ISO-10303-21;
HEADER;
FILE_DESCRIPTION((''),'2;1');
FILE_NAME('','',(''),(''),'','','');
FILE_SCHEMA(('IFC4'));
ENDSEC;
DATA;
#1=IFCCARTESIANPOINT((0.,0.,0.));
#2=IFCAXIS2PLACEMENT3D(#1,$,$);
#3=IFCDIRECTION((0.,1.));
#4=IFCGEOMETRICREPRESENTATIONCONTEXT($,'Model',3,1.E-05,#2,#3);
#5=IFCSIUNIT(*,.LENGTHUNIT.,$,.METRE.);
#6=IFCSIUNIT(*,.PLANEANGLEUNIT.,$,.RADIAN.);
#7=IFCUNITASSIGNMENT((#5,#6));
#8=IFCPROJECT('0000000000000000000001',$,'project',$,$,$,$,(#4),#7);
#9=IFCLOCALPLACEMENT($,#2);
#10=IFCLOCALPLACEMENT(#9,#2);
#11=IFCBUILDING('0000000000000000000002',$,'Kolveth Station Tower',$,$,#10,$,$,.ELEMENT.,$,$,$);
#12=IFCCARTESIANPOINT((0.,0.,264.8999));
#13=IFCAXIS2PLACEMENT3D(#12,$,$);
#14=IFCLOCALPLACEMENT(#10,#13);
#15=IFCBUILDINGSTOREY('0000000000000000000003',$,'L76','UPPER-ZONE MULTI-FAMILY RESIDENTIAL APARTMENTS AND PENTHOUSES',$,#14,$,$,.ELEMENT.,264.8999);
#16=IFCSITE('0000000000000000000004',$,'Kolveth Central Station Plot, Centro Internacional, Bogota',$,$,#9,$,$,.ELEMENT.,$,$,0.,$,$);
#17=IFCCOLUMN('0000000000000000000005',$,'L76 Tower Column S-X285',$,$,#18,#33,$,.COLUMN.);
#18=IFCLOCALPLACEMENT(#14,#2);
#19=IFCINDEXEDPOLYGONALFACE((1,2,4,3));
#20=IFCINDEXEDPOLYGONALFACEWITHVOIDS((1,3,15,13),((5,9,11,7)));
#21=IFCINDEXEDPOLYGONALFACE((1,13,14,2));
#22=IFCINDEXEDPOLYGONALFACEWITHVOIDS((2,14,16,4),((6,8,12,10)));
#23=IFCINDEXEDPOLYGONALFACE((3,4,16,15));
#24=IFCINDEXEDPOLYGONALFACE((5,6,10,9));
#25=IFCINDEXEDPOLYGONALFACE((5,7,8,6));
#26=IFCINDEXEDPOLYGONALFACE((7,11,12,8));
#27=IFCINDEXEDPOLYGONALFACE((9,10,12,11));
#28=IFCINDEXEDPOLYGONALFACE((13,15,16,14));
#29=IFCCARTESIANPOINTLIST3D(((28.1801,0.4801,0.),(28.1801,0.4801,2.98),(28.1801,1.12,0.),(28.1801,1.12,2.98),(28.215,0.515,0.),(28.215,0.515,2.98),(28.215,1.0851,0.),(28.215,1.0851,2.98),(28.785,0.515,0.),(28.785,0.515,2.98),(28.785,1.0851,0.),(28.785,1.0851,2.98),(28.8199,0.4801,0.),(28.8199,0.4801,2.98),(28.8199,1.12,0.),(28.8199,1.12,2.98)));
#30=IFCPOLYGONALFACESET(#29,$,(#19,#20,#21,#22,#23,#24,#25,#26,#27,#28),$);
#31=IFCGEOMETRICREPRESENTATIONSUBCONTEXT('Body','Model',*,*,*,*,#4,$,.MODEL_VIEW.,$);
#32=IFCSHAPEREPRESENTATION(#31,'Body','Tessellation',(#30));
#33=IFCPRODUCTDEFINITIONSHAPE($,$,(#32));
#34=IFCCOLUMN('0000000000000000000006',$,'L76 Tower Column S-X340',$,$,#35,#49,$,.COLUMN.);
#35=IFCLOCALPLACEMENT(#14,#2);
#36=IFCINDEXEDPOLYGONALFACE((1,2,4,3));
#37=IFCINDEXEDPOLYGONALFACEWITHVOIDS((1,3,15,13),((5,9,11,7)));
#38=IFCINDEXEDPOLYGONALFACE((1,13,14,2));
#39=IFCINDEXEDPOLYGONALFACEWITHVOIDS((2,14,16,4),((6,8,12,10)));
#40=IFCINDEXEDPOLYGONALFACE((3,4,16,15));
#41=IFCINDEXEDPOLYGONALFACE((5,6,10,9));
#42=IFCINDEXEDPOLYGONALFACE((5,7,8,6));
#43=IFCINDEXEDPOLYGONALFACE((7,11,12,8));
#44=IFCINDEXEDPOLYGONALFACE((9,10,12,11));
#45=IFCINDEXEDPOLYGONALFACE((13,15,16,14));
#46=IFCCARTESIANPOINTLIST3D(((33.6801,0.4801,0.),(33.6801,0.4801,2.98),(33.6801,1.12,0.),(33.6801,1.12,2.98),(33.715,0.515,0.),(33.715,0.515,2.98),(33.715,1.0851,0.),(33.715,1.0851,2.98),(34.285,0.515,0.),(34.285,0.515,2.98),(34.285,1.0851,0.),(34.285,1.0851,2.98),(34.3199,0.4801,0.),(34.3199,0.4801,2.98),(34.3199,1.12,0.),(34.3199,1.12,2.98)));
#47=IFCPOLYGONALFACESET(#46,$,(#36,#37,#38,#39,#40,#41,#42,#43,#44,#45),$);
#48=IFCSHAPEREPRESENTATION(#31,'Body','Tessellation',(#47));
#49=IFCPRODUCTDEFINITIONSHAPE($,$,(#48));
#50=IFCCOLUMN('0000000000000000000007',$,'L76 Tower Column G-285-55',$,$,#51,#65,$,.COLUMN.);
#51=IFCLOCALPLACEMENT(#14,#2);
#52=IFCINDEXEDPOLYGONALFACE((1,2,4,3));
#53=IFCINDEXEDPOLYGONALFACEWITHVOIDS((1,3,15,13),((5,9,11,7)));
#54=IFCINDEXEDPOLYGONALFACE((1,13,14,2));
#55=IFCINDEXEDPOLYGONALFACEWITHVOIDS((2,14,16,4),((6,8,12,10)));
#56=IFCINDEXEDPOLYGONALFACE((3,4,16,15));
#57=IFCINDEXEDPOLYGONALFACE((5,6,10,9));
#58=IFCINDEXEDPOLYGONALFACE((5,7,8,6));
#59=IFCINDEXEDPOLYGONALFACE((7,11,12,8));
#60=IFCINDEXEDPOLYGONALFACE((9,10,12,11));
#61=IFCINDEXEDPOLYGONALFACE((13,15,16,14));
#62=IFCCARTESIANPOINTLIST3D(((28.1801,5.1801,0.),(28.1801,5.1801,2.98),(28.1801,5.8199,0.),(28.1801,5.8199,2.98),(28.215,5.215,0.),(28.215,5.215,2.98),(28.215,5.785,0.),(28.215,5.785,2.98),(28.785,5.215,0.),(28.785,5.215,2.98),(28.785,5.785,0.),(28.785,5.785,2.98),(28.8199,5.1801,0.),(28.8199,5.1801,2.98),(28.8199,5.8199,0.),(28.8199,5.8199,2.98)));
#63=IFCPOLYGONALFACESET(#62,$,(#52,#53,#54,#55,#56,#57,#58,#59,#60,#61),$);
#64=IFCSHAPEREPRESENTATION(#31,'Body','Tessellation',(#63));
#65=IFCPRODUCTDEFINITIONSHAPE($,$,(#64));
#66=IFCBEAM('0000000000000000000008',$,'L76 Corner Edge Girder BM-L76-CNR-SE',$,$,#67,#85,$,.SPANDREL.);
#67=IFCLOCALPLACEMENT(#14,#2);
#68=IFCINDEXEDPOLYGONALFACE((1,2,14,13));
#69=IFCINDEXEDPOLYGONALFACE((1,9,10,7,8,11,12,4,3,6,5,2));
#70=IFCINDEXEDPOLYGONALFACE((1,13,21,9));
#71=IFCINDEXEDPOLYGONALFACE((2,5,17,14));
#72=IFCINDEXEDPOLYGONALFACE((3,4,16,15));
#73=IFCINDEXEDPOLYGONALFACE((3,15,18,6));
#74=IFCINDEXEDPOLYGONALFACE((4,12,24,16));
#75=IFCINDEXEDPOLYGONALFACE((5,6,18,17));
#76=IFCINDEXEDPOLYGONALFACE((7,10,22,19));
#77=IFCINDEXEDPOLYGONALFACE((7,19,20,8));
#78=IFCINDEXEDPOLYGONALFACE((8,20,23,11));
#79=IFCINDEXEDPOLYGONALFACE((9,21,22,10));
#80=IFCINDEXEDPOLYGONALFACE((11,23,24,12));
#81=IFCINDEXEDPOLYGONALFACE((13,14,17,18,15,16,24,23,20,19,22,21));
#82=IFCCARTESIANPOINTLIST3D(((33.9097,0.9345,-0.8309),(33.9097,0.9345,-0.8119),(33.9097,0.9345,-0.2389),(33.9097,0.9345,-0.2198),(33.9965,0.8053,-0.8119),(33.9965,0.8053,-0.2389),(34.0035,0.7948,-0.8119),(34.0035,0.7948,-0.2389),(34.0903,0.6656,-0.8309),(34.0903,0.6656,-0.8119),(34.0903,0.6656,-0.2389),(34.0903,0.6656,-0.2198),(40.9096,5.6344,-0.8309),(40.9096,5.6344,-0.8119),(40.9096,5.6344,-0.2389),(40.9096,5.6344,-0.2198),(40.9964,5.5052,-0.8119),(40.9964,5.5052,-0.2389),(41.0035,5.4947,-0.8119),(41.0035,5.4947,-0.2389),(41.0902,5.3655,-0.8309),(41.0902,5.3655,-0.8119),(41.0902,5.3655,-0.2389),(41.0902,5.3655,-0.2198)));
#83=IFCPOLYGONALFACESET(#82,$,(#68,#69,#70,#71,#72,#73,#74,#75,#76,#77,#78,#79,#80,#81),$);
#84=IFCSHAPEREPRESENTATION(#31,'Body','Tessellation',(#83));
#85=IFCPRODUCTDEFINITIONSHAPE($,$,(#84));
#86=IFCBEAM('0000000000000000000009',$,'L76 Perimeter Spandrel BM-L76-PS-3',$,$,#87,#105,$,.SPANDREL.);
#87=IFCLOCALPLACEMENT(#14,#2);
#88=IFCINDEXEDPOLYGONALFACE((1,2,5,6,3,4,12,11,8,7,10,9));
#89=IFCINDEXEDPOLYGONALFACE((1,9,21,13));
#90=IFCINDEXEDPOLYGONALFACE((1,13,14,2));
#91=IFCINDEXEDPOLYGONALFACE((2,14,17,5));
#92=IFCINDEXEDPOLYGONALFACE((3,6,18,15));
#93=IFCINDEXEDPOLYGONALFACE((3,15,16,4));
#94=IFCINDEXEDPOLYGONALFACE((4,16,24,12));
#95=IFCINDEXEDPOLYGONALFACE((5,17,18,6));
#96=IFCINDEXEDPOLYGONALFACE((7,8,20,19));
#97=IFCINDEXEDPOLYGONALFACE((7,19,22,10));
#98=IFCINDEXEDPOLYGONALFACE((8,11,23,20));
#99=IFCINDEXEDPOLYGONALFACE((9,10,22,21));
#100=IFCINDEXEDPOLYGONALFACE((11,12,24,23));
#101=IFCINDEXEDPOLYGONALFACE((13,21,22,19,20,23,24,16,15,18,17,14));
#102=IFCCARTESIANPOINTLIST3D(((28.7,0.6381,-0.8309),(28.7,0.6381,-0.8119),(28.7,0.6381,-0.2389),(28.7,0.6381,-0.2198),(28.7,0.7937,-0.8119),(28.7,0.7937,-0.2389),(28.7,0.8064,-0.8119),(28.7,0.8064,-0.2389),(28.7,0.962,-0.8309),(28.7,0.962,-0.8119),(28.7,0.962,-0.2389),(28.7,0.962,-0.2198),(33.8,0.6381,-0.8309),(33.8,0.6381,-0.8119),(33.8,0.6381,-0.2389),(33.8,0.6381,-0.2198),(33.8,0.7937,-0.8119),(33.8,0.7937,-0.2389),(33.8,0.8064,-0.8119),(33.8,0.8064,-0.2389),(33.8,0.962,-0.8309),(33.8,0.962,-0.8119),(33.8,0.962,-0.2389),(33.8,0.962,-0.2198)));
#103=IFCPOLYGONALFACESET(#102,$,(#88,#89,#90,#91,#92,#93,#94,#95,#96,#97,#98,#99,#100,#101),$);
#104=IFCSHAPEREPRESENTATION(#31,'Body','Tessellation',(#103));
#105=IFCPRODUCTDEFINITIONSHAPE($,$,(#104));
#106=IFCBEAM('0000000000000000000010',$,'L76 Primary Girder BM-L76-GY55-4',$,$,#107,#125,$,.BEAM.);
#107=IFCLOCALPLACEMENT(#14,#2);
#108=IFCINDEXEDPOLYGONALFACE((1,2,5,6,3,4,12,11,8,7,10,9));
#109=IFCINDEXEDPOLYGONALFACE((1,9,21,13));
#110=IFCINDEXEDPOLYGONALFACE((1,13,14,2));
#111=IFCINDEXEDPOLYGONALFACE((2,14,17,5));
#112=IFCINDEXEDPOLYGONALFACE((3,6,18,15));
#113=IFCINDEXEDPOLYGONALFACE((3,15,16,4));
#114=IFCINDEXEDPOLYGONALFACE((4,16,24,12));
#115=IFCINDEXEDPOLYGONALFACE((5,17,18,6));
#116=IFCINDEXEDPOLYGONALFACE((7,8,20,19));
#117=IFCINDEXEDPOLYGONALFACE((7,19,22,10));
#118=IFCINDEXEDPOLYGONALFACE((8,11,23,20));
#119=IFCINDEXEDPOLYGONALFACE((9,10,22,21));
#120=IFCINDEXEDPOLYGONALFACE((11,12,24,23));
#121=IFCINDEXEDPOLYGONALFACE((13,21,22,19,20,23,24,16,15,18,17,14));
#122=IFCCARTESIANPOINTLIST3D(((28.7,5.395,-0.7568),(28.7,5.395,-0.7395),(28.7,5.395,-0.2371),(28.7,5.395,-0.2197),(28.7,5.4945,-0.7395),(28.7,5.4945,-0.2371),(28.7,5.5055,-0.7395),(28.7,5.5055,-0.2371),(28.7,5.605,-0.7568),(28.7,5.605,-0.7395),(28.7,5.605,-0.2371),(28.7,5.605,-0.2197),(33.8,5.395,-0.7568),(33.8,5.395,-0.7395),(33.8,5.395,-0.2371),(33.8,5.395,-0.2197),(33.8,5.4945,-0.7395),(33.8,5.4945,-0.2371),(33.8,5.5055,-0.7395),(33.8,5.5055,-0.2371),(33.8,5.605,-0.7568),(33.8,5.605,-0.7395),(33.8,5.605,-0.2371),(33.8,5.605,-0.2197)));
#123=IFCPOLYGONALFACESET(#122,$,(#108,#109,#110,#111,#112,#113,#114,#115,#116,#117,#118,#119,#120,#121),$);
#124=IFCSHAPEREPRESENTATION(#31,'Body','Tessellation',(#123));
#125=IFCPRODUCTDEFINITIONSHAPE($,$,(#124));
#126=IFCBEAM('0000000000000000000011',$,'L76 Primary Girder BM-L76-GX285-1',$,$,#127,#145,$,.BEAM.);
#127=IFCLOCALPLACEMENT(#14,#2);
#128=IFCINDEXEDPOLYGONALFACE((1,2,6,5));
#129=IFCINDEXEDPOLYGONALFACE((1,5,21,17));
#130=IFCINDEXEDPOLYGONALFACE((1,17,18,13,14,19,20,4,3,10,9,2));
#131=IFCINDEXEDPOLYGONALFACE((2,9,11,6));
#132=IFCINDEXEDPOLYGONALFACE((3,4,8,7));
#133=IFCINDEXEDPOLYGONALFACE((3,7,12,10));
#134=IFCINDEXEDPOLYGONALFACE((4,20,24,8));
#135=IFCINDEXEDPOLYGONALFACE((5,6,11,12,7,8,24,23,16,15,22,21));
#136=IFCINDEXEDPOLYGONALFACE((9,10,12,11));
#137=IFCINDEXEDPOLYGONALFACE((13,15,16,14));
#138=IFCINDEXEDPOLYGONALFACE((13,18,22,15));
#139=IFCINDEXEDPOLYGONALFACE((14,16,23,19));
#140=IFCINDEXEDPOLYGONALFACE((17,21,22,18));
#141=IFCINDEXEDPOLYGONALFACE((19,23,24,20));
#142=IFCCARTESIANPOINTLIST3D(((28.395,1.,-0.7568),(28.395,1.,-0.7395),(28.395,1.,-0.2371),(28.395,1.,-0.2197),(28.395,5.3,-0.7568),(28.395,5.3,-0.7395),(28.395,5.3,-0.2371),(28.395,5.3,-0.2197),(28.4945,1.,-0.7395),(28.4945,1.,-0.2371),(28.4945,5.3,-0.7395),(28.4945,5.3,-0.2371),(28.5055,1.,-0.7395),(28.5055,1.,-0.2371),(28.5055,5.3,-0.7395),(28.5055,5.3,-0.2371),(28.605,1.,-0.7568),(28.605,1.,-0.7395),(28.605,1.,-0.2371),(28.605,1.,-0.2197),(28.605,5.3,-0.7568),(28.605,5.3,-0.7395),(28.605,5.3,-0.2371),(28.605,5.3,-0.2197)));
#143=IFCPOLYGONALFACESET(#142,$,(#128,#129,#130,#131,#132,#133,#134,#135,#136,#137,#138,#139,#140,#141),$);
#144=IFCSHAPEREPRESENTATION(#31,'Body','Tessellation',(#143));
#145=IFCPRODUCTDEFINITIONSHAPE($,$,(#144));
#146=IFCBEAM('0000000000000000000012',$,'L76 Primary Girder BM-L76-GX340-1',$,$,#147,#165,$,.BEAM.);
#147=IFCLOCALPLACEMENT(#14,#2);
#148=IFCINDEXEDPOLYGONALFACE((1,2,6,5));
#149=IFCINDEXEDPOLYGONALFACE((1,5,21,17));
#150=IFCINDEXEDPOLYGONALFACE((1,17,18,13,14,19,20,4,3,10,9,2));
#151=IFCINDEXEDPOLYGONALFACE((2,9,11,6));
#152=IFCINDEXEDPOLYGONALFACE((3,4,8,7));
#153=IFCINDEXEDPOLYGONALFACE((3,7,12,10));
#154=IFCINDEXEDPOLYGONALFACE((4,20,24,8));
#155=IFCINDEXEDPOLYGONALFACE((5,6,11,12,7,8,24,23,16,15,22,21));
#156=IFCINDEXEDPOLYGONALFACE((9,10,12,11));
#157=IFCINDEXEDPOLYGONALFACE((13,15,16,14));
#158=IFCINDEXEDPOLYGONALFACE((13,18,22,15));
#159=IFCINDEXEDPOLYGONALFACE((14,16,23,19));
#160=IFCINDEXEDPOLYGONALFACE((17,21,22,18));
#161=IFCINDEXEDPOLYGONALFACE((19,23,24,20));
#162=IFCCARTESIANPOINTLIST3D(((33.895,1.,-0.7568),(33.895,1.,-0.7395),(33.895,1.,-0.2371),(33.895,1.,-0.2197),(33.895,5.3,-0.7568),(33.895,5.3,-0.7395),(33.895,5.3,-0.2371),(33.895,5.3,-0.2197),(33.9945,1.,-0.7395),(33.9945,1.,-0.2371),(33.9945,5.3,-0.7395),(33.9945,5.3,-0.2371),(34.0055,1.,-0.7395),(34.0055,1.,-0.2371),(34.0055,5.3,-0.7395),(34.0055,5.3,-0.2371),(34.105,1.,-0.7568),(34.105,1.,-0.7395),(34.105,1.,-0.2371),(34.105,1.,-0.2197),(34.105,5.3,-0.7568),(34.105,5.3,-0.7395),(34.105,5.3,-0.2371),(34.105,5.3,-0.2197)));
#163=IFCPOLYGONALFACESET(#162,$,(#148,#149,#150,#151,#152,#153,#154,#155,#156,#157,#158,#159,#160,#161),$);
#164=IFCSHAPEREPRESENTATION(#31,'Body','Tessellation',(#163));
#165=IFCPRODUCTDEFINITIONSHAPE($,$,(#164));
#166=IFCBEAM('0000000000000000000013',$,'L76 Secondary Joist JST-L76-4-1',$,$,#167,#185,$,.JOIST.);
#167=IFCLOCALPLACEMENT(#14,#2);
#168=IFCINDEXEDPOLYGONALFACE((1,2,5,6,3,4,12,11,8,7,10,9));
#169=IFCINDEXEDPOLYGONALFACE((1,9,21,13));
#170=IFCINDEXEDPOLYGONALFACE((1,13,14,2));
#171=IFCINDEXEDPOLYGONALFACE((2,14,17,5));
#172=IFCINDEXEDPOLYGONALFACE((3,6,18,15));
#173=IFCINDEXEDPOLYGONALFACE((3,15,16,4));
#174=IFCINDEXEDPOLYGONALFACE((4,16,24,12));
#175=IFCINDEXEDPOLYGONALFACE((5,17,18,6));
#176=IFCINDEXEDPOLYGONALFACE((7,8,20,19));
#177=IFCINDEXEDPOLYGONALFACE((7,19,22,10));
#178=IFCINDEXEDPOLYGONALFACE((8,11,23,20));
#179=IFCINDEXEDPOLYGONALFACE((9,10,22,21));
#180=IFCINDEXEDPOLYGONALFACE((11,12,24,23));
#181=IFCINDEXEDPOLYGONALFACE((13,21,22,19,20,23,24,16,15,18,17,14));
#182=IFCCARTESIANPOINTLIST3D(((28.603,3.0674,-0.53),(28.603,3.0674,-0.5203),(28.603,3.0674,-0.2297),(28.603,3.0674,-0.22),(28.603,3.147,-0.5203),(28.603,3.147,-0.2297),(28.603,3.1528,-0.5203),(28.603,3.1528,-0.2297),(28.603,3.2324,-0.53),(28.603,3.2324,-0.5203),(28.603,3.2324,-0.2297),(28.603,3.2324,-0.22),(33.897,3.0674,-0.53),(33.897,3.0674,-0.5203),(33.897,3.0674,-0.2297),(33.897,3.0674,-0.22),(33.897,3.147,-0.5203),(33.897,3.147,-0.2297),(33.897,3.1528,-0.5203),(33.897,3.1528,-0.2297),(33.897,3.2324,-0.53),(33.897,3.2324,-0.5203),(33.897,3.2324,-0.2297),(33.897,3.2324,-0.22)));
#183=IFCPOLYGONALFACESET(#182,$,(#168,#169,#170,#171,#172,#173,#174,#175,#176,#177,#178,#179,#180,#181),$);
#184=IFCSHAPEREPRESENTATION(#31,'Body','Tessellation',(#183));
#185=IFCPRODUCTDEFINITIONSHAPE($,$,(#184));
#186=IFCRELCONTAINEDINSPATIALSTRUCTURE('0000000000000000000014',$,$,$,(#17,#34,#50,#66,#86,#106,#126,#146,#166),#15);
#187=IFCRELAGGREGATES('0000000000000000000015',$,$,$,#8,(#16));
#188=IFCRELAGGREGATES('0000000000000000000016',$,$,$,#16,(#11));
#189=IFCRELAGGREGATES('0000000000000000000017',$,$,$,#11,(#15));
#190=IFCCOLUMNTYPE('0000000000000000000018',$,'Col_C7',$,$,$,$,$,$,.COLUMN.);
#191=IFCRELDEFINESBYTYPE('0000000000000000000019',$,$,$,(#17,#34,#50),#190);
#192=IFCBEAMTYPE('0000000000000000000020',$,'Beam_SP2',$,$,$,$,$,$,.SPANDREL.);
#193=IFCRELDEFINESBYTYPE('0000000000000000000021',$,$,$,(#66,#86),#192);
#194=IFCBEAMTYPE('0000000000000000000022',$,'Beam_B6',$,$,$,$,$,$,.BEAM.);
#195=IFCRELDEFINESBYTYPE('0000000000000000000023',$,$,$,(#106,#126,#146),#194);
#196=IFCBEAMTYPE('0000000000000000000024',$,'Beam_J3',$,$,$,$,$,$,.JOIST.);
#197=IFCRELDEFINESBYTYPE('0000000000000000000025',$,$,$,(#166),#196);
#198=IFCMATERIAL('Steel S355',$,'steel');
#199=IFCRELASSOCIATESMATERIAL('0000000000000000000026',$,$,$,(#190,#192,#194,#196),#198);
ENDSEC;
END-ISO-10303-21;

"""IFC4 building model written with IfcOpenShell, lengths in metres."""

from ifc_helpers import new_model, si_unit, direction, frame, origin, origin_2d, place, context, subcontext, project, spatial, hollow_rectangle, i_section, extrude, source, transform, mapped, material, material_profile, profile_set, type_object, element, save


model = new_model("IFC4")

# Units and contexts
model_context = context("Model", 3, precision=1e-05, world=origin(), true_north=direction((0.0, 1.0)))
body_context = subcontext(model_context, "Body", "Model", "MODEL_VIEW")
ifc_project = project(units=[si_unit("LENGTHUNIT", "METRE"), si_unit("PLANEANGLEUNIT", "RADIAN")], contexts=[model_context])

# Site, building, storey
site_placement = place(None, origin())
site = spatial("IfcSite", under=ifc_project, at=site_placement, Name="Kolveth Central Station Plot, Centro Internacional, Bogota", CompositionType="ELEMENT", RefElevation=0.0)
building_placement = place(site_placement, origin())
building = spatial("IfcBuilding", under=site, at=building_placement, Name="Kolveth Station Tower", CompositionType="ELEMENT")
storey_placement = place(building_placement, frame((0.0, 0.0, 264.8999)))
storey = spatial("IfcBuildingStorey", under=building, at=storey_placement, Name="L76", Description="UPPER-ZONE MULTI-FAMILY RESIDENTIAL APARTMENTS AND PENTHOUSES", CompositionType="ELEMENT", Elevation=264.8999)

# Columns
ifc_material_1 = material(Name="Steel S355", Category="steel")
ifc_material_profile_1 = material_profile(ifc_material_1, hollow_rectangle(XDim=0.6399, YDim=0.6399, WallThickness=0.0349, at=origin_2d()), Name="BOX640x640x35")
ifc_profile_set_1 = profile_set([ifc_material_profile_1], Name="Steel S355")
column_type = type_object("IfcColumnType", Name="Col_C7", PredefinedType="COLUMN", material=ifc_profile_set_1)
shared_shape_1 = source(origin(), body_context, "Body", "SweptSolid", [
    extrude(hollow_rectangle(XDim=0.6399, YDim=0.6399, WallThickness=0.0349, at=origin_2d()), origin(), (0.0, 0.0, 1.0), 2.98),
])
for number, where, z_axis, x_axis, name in (
    (1, (28.5, 0.8, 0.0), (0.0, 0.0, 1.0), (1.0, 0.0, 0.0), "L76 Tower Column S-X285"),
    (2, (34.0, 0.8, 0.0), (0.0, 0.0, 1.0), (1.0, 0.0, 0.0), "L76 Tower Column S-X340"),
    (3, (28.5, 5.5, 0.0), (0.0, 0.0, 1.0), (1.0, 0.0, 0.0), "L76 Tower Column G-285-55"),
):
    element("IfcColumn", number, at=place(storey_placement, frame(where, z_axis=z_axis, x_axis=x_axis)), inside=storey, type_object=column_type, Name=name, PredefinedType="COLUMN", context=body_context, shape_type="MappedRepresentation", body=[
        mapped(shared_shape_1, transform((0.0, 0.0, 0.0), x_axis=(1.0, 0.0, 0.0), y_axis=(0.0, 1.0, 0.0), z_axis=(0.0, 0.0, 1.0), scale=1.0)),
    ])

# Beams
ifc_material_profile_2 = material_profile(ifc_material_1, i_section(OverallWidth=0.324, OverallDepth=0.6111, WebThickness=0.0127, FlangeThickness=0.019, at=origin_2d()), Name="W610x155")
ifc_profile_set_2 = profile_set([ifc_material_profile_2], Name="Steel S355")
beam_type_1 = type_object("IfcBeamType", Name="Beam_SP2", PredefinedType="SPANDREL", material=ifc_profile_set_2)
shared_shape_2 = source(origin(), body_context, "Body", "SweptSolid", [
    extrude(i_section(OverallWidth=0.324, OverallDepth=0.6111, WebThickness=0.0127, FlangeThickness=0.019, at=origin_2d()), origin(), (0.0, 0.0, 1.0), 8.4314),
])
beam_1_placement = place(storey_placement, frame((34.0, 0.8, -0.5254), z_axis=(0.830224, 0.55743, 0.0), x_axis=(-0.55743, 0.830224, 0.0)))
element("IfcBeam", 4, at=beam_1_placement, inside=storey, type_object=beam_type_1, Name="L76 Corner Edge Girder BM-L76-CNR-SE", PredefinedType="SPANDREL", context=body_context, shape_type="MappedRepresentation", body=[
    mapped(shared_shape_2, transform((0.0, 0.0, 0.0), x_axis=(1.0, 0.0, 0.0), y_axis=(0.0, 1.0, 0.0), z_axis=(0.0, 0.0, 1.0), scale=1.0)),
])
shared_shape_3 = source(origin(), body_context, "Body", "SweptSolid", [
    extrude(i_section(OverallWidth=0.324, OverallDepth=0.6111, WebThickness=0.0127, FlangeThickness=0.019, at=origin_2d()), origin(), (0.0, 0.0, 1.0), 5.1001),
])
beam_2_placement = place(storey_placement, frame((28.7, 0.8, -0.5254), z_axis=(1.0, 0.0, 0.0), x_axis=(0.0, 1.0, 0.0)))
element("IfcBeam", 5, at=beam_2_placement, inside=storey, type_object=beam_type_1, Name="L76 Perimeter Spandrel BM-L76-PS-3", PredefinedType="SPANDREL", context=body_context, shape_type="MappedRepresentation", body=[
    mapped(shared_shape_3, transform((0.0, 0.0, 0.0), x_axis=(1.0, 0.0, 0.0), y_axis=(0.0, 1.0, 0.0), z_axis=(0.0, 0.0, 1.0), scale=1.0)),
])
ifc_material_profile_3 = material_profile(ifc_material_1, i_section(OverallWidth=0.21, OverallDepth=0.5371, WebThickness=0.011, FlangeThickness=0.0173, at=origin_2d()), Name="W530x101")
ifc_profile_set_3 = profile_set([ifc_material_profile_3], Name="Steel S355")
beam_type_2 = type_object("IfcBeamType", Name="Beam_B6", PredefinedType="BEAM", material=ifc_profile_set_3)
shared_shape_4 = source(origin(), body_context, "Body", "SweptSolid", [
    extrude(i_section(OverallWidth=0.21, OverallDepth=0.5371, WebThickness=0.011, FlangeThickness=0.0173, at=origin_2d()), origin(), (0.0, 0.0, 1.0), 5.1001),
])
beam_3_placement = place(storey_placement, frame((28.7, 5.5, -0.4883), z_axis=(1.0, 0.0, 0.0), x_axis=(0.0, 1.0, 0.0)))
element("IfcBeam", 6, at=beam_3_placement, inside=storey, type_object=beam_type_2, Name="L76 Primary Girder BM-L76-GY55-4", PredefinedType="BEAM", context=body_context, shape_type="MappedRepresentation", body=[
    mapped(shared_shape_4, transform((0.0, 0.0, 0.0), x_axis=(1.0, 0.0, 0.0), y_axis=(0.0, 1.0, 0.0), z_axis=(0.0, 0.0, 1.0), scale=1.0)),
])
shared_shape_5 = source(origin(), body_context, "Body", "SweptSolid", [
    extrude(i_section(OverallWidth=0.21, OverallDepth=0.5371, WebThickness=0.011, FlangeThickness=0.0173, at=origin_2d()), origin(), (0.0, 0.0, 1.0), 4.3),
])
for number, where, z_axis, x_axis, name in (
    (7, (28.5, 1.0, -0.4883), (0.0, 1.0, 0.0), (-1.0, 0.0, 0.0), "L76 Primary Girder BM-L76-GX285-1"),
    (8, (34.0, 1.0, -0.4883), (0.0, 1.0, 0.0), (-1.0, 0.0, 0.0), "L76 Primary Girder BM-L76-GX340-1"),
):
    element("IfcBeam", number, at=place(storey_placement, frame(where, z_axis=z_axis, x_axis=x_axis)), inside=storey, type_object=beam_type_2, Name=name, PredefinedType="BEAM", context=body_context, shape_type="MappedRepresentation", body=[
        mapped(shared_shape_5, transform((0.0, 0.0, 0.0), x_axis=(1.0, 0.0, 0.0), y_axis=(0.0, 1.0, 0.0), z_axis=(0.0, 0.0, 1.0), scale=1.0)),
    ])
ifc_material_profile_4 = material_profile(ifc_material_1, i_section(OverallWidth=0.165, OverallDepth=0.3101, WebThickness=0.0059, FlangeThickness=0.0098, at=origin_2d()), Name="W310x39")
ifc_profile_set_4 = profile_set([ifc_material_profile_4], Name="Steel S355")
beam_type_3 = type_object("IfcBeamType", Name="Beam_J3", PredefinedType="JOIST", material=ifc_profile_set_4)
shared_shape_6 = source(origin(), body_context, "Body", "SweptSolid", [
    extrude(i_section(OverallWidth=0.165, OverallDepth=0.3101, WebThickness=0.0059, FlangeThickness=0.0098, at=origin_2d()), origin(), (0.0, 0.0, 1.0), 5.2939),
])
beam_4_placement = place(storey_placement, frame((28.603, 3.1499, -0.375), z_axis=(1.0, 0.0, 0.0), x_axis=(0.0, 1.0, 0.0)))
element("IfcBeam", 9, at=beam_4_placement, inside=storey, type_object=beam_type_3, Name="L76 Secondary Joist JST-L76-4-1", PredefinedType="JOIST", context=body_context, shape_type="MappedRepresentation", body=[
    mapped(shared_shape_6, transform((0.0, 0.0, 0.0), x_axis=(1.0, 0.0, 0.0), y_axis=(0.0, 1.0, 0.0), z_axis=(0.0, 0.0, 1.0), scale=1.0)),
])

save(model, "model.ifc")
